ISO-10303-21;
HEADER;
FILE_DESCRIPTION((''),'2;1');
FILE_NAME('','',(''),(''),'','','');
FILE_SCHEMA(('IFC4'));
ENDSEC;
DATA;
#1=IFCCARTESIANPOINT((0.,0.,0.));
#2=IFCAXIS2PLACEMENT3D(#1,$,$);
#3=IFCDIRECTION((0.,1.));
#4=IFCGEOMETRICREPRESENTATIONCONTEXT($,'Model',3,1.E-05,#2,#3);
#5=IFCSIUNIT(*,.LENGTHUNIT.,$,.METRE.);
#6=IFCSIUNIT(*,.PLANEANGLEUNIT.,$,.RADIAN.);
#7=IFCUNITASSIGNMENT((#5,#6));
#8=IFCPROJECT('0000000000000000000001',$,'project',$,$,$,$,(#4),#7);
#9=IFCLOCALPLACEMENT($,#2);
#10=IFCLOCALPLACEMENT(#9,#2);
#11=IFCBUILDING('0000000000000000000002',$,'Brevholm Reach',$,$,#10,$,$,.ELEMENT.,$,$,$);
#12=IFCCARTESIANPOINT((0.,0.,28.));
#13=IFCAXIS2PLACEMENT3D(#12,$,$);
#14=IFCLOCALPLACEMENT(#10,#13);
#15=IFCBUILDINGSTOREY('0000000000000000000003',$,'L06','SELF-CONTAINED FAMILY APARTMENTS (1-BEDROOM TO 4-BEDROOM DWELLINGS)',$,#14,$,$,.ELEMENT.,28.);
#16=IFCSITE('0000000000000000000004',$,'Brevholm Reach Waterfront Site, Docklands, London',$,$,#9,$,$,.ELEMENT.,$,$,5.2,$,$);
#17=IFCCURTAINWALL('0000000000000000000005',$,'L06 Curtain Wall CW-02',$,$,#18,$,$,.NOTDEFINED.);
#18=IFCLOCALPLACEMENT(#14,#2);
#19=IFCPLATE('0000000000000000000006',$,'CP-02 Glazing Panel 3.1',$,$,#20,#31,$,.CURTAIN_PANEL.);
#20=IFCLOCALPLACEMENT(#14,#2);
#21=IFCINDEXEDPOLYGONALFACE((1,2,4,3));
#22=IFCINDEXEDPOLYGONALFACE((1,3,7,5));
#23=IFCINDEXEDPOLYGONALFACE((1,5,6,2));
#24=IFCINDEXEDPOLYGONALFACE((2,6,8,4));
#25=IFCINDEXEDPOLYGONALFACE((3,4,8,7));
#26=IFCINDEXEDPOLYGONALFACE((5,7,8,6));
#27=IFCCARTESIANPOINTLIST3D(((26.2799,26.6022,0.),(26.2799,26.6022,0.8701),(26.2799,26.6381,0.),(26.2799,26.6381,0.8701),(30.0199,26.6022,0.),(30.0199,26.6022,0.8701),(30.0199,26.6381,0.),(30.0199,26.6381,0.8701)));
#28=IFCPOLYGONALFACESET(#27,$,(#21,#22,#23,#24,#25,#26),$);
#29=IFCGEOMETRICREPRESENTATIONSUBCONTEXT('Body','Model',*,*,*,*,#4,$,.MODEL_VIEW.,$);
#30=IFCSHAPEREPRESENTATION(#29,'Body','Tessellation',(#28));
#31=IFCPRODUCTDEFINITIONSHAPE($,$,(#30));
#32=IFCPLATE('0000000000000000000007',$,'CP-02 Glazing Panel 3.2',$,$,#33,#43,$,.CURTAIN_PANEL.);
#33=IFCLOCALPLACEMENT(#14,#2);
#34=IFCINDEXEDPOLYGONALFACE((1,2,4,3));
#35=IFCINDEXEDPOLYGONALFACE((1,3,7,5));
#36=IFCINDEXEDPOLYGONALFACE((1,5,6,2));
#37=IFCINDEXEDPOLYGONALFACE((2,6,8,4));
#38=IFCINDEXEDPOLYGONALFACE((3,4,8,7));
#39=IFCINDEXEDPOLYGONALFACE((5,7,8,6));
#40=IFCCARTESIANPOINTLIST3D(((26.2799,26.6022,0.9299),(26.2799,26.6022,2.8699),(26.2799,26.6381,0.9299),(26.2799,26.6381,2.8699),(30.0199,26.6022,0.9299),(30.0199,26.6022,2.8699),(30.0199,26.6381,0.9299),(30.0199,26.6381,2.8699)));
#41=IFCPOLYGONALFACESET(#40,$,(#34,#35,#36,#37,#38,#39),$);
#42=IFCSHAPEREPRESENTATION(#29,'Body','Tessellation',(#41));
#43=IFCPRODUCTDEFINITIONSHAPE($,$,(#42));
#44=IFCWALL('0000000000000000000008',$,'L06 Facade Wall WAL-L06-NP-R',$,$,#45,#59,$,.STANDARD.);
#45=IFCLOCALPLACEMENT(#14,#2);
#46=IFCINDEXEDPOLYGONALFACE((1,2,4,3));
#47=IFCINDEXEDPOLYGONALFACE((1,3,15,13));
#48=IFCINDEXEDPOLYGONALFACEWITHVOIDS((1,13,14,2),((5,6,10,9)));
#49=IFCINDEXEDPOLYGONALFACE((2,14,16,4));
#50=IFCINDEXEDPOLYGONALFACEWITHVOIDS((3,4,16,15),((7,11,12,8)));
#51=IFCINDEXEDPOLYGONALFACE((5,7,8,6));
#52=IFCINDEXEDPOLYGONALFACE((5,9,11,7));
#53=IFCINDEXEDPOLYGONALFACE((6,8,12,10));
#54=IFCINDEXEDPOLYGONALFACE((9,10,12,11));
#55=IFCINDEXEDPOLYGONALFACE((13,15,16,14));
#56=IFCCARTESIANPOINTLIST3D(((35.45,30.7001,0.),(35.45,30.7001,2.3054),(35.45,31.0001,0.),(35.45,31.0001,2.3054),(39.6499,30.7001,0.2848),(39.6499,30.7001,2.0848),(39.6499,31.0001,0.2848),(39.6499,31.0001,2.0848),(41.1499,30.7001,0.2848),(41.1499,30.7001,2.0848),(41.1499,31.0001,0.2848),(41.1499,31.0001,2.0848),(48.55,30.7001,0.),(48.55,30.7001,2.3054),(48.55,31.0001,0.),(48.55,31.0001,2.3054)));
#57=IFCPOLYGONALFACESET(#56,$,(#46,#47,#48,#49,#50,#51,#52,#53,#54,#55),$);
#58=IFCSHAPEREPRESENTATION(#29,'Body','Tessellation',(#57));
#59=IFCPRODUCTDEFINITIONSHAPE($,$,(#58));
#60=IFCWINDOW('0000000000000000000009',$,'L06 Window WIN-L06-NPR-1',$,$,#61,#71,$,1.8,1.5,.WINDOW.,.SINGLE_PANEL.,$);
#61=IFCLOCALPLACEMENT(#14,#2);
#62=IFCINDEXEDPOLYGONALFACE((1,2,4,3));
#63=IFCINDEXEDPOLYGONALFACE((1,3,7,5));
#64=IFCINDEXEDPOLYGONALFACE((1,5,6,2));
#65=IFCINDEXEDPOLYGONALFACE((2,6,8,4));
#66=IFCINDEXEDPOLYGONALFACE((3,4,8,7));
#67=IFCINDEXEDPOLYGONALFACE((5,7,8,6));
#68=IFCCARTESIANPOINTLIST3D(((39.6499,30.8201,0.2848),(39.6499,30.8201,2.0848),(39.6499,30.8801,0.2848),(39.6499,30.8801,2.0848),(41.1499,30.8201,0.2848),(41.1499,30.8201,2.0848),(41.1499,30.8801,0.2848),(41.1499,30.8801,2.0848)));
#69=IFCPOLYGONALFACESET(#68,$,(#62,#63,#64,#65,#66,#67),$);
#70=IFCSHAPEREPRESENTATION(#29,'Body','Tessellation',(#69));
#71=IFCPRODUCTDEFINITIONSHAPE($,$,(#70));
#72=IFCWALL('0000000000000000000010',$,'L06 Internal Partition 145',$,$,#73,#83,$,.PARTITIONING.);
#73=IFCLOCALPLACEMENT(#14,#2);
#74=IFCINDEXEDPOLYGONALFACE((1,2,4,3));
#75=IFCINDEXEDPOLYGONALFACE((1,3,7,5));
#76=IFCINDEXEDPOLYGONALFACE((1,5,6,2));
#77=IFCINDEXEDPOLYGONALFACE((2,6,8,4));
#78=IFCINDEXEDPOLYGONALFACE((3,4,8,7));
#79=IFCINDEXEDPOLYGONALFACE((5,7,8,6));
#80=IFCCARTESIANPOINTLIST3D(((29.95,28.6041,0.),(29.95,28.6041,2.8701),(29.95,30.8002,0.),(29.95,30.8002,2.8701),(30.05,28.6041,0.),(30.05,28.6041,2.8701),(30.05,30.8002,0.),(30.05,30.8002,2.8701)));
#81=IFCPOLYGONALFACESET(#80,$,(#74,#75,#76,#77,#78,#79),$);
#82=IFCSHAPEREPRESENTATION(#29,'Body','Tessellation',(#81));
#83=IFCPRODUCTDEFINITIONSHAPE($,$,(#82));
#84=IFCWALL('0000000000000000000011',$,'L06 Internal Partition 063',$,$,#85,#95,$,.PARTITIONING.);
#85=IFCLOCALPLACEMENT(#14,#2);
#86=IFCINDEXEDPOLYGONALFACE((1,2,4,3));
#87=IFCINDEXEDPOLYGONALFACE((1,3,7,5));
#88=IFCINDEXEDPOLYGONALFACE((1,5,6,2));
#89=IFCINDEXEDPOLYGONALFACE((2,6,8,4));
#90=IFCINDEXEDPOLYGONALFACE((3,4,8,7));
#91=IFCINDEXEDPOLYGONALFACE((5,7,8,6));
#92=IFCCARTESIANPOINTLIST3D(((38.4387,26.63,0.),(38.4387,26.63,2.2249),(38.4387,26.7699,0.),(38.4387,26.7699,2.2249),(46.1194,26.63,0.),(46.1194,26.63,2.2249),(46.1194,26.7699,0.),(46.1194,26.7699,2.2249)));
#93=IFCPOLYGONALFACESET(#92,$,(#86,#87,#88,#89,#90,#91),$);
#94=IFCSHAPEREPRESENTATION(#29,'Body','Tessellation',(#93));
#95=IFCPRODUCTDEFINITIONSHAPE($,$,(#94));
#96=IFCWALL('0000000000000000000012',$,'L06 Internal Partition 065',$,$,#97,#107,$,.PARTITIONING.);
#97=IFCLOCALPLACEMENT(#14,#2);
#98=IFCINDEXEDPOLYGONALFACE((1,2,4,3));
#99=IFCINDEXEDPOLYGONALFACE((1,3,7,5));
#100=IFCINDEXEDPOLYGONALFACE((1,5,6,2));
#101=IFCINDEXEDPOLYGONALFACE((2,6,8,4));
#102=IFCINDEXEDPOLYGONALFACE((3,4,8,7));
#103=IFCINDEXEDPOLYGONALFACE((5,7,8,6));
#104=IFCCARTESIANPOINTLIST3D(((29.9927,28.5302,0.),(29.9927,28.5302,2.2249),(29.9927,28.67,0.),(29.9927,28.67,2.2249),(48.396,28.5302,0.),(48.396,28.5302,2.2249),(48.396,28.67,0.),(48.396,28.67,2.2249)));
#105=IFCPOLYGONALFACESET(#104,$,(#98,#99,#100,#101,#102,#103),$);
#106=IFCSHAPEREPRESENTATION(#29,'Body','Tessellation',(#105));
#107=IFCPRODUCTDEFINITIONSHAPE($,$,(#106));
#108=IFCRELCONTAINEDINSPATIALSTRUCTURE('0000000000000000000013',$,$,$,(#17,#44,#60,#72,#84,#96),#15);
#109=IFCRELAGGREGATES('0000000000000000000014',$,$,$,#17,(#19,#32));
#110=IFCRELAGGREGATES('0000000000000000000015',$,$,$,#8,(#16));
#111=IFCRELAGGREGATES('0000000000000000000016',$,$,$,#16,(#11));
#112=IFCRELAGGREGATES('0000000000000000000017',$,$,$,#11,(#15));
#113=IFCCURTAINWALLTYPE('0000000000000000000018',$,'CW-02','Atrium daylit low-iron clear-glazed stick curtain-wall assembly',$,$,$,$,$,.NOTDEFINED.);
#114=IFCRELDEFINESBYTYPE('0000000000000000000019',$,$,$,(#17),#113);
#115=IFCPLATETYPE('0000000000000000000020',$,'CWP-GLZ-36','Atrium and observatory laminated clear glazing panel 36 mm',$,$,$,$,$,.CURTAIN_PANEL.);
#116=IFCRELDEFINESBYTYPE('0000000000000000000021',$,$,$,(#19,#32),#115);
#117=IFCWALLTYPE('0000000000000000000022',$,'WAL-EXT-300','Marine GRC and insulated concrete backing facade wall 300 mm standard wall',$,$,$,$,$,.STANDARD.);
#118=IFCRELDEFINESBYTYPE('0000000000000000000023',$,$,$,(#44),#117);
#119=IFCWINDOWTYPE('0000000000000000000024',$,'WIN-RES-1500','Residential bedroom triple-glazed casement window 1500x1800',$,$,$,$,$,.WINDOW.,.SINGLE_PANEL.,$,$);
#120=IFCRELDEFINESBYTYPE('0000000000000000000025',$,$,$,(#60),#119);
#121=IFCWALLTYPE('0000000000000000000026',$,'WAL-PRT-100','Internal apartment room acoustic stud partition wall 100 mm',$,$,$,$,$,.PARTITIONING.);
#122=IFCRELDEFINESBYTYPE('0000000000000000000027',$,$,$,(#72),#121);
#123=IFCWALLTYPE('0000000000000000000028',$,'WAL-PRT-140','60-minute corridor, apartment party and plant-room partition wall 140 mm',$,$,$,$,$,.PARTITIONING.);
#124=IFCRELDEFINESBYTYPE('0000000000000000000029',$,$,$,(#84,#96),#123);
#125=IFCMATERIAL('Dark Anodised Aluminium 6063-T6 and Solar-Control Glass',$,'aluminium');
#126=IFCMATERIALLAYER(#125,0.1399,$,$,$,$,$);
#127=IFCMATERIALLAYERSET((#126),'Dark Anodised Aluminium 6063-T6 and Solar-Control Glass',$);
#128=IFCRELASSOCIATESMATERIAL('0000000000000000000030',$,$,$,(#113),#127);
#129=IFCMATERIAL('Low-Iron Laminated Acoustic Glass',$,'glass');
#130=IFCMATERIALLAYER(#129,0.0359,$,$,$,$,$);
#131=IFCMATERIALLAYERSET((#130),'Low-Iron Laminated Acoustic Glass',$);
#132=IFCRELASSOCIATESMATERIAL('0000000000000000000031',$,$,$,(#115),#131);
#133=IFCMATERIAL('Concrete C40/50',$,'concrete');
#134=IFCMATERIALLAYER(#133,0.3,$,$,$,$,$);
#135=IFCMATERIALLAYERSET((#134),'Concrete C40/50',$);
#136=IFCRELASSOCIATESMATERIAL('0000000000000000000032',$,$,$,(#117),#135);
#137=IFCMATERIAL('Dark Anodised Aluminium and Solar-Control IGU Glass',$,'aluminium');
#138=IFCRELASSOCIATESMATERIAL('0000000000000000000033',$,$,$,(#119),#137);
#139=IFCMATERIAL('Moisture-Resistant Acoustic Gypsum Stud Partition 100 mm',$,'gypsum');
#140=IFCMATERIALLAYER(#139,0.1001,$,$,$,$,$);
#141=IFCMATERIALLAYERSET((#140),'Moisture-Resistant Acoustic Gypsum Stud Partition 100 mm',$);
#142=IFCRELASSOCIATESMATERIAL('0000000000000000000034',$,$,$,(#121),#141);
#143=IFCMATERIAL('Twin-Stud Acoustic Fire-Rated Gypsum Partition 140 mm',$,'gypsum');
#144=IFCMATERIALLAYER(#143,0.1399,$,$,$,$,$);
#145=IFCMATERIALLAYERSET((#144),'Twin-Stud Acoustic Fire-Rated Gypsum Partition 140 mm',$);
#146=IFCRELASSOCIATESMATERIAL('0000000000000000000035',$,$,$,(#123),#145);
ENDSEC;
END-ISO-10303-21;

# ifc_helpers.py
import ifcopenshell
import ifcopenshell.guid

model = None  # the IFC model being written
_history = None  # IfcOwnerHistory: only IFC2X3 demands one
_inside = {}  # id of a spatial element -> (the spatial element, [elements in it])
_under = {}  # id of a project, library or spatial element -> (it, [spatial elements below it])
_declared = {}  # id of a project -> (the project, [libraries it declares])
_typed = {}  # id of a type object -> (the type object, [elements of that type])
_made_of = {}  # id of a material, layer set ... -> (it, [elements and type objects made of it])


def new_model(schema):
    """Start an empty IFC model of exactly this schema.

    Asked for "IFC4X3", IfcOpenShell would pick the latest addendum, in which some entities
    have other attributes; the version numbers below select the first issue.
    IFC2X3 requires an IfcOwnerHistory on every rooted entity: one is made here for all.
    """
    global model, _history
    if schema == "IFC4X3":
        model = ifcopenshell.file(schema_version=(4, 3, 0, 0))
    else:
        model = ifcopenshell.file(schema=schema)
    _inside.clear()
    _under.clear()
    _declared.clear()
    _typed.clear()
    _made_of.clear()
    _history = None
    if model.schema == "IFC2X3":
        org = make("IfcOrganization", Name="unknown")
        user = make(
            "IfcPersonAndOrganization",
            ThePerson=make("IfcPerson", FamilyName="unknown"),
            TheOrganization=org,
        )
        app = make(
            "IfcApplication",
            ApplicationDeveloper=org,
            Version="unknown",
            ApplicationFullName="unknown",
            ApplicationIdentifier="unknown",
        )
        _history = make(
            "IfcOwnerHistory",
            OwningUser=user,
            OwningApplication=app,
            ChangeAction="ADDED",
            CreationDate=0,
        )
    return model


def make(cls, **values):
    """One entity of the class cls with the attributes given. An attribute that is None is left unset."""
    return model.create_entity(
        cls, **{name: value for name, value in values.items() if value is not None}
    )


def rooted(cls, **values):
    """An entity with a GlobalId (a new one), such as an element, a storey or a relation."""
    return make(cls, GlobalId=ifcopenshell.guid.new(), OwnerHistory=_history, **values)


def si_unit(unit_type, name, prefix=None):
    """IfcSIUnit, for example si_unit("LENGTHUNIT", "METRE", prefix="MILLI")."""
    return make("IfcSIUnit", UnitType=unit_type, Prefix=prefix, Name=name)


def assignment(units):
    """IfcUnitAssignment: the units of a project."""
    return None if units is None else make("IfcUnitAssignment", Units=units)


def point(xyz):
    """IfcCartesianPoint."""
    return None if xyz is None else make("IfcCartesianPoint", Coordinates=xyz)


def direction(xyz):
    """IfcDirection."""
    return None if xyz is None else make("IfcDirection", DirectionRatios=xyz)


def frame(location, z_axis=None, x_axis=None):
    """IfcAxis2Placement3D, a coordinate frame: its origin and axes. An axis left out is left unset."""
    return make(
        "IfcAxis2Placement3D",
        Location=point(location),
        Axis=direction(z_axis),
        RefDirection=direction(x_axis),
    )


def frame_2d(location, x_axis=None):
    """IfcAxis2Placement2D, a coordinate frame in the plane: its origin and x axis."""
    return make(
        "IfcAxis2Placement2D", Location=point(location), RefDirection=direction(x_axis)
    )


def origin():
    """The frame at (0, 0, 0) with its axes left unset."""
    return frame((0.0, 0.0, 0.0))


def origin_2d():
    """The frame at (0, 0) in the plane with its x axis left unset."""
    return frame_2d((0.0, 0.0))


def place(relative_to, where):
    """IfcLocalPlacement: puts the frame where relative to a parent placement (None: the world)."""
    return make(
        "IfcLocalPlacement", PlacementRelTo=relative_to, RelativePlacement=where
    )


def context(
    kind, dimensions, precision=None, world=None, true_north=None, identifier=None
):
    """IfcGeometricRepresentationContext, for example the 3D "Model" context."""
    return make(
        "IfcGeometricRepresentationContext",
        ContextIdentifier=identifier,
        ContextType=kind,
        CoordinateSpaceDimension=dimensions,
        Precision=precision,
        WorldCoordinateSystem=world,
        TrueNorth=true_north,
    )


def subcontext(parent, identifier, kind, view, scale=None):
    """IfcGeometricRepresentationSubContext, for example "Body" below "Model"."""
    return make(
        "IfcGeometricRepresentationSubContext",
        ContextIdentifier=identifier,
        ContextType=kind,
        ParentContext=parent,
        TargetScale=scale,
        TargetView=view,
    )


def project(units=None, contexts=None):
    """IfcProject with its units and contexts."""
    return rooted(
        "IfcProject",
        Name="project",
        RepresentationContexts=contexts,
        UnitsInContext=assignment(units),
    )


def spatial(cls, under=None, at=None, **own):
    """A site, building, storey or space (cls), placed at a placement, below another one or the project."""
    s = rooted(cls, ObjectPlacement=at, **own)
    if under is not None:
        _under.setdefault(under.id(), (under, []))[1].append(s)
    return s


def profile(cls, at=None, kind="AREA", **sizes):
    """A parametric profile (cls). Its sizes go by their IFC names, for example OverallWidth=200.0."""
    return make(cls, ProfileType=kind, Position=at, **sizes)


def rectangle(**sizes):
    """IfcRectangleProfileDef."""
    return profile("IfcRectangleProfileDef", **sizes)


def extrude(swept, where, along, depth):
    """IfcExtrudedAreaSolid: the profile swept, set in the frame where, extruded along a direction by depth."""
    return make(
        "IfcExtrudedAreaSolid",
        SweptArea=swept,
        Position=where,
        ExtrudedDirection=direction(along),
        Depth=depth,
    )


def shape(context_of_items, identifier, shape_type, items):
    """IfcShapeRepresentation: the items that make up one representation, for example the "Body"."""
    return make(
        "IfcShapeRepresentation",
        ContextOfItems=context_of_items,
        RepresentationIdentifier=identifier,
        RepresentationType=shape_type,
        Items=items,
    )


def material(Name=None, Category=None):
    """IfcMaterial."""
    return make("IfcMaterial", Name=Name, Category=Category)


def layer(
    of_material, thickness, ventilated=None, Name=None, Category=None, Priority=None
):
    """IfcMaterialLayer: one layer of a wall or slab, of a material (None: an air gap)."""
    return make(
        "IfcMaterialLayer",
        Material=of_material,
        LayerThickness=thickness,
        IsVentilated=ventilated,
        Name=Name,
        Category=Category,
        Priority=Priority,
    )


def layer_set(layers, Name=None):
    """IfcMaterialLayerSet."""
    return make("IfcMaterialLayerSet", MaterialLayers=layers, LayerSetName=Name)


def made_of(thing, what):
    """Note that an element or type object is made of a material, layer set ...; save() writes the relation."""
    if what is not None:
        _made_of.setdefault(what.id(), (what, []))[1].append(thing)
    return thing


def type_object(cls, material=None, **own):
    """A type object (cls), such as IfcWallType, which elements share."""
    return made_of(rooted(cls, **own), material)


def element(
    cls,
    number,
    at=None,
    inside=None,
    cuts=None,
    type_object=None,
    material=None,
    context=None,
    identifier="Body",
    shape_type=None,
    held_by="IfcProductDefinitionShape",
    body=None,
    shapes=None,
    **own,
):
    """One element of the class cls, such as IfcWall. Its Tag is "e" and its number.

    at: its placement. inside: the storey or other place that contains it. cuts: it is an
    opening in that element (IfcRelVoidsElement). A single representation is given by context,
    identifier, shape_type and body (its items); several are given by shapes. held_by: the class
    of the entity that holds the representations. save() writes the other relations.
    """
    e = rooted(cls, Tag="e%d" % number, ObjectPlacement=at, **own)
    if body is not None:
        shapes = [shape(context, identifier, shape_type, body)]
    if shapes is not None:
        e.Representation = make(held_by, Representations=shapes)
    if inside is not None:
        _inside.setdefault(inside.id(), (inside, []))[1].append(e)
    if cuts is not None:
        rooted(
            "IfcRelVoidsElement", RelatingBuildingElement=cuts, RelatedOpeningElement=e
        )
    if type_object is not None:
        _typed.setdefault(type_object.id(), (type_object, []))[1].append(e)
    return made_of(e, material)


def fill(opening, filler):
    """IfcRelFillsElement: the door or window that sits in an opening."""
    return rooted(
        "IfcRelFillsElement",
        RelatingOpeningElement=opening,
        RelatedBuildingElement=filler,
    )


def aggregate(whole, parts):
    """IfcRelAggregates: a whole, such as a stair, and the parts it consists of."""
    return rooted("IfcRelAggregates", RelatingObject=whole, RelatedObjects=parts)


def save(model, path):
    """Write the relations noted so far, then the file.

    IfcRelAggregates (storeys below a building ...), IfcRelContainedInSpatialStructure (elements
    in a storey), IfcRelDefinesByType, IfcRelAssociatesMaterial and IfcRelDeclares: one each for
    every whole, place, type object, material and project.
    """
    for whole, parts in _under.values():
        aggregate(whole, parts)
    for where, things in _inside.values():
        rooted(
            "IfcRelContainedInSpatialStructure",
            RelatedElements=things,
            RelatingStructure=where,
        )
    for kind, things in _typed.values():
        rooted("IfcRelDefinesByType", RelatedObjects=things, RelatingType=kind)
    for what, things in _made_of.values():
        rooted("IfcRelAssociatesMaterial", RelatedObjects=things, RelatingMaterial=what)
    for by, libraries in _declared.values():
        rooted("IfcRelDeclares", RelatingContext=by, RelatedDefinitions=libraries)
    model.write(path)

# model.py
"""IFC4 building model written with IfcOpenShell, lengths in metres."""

from ifc_helpers import new_model, si_unit, direction, frame, frame_2d, origin, origin_2d, place, context, subcontext, project, spatial, rectangle, extrude, material, layer, layer_set, type_object, element, fill, aggregate, save


model = new_model("IFC4")

# Units and contexts
model_context = context("Model", 3, precision=1e-05, world=origin(), true_north=direction((0.0, 1.0)))
body_context = subcontext(model_context, "Body", "Model", "MODEL_VIEW")
ifc_project = project(units=[si_unit("LENGTHUNIT", "METRE"), si_unit("PLANEANGLEUNIT", "RADIAN")], contexts=[model_context])

# Site, building, storey
site_placement = place(None, origin())
site = spatial("IfcSite", under=ifc_project, at=site_placement, Name="Brevholm Reach Waterfront Site, Docklands, London", CompositionType="ELEMENT", RefElevation=5.2)
building_placement = place(site_placement, origin())
building = spatial("IfcBuilding", under=site, at=building_placement, Name="Brevholm Reach", CompositionType="ELEMENT")
storey_placement = place(building_placement, frame((0.0, 0.0, 28.0)))
storey = spatial("IfcBuildingStorey", under=building, at=storey_placement, Name="L06", Description="SELF-CONTAINED FAMILY APARTMENTS (1-BEDROOM TO 4-BEDROOM DWELLINGS)", CompositionType="ELEMENT", Elevation=28.0)

# Curtain wall, plates
ifc_material_1 = material(Name="Dark Anodised Aluminium 6063-T6 and Solar-Control Glass", Category="aluminium")
ifc_layer_1 = layer(ifc_material_1, 0.1399)
ifc_layer_set_1 = layer_set([ifc_layer_1], Name="Dark Anodised Aluminium 6063-T6 and Solar-Control Glass")
curtain_wall_type = type_object("IfcCurtainWallType", Name="CW-02", Description="Atrium daylit low-iron clear-glazed stick curtain-wall assembly", PredefinedType="NOTDEFINED", material=ifc_layer_set_1)
curtain_wall_placement = place(storey_placement, origin())
curtain_wall = element("IfcCurtainWall", 1, at=curtain_wall_placement, inside=storey, type_object=curtain_wall_type, Name="L06 Curtain Wall CW-02", PredefinedType="NOTDEFINED")
ifc_material_2 = material(Name="Low-Iron Laminated Acoustic Glass", Category="glass")
ifc_layer_2 = layer(ifc_material_2, 0.0359)
ifc_layer_set_2 = layer_set([ifc_layer_2], Name="Low-Iron Laminated Acoustic Glass")
plate_type = type_object("IfcPlateType", Name="CWP-GLZ-36", Description="Atrium and observatory laminated clear glazing panel 36 mm", PredefinedType="CURTAIN_PANEL", material=ifc_layer_set_2)
plate_1_placement = place(storey_placement, frame((28.1499, 26.6201, 0.0), z_axis=(0.0, 0.0, 1.0), x_axis=(-1.0, 0.0, 0.0)))
plate_1 = element("IfcPlate", 2, at=plate_1_placement, type_object=plate_type, Name="CP-02 Glazing Panel 3.1", PredefinedType="CURTAIN_PANEL", context=body_context, shape_type="SweptSolid", body=[
    extrude(rectangle(XDim=3.74, YDim=0.0359, at=origin_2d()), origin(), (0.0, 0.0, 1.0), 0.8701),
])
plate_2_placement = place(storey_placement, frame((28.1499, 26.6201, 0.9299), z_axis=(0.0, 0.0, 1.0), x_axis=(-1.0, 0.0, 0.0)))
plate_2 = element("IfcPlate", 3, at=plate_2_placement, type_object=plate_type, Name="CP-02 Glazing Panel 3.2", PredefinedType="CURTAIN_PANEL", context=body_context, shape_type="SweptSolid", body=[
    extrude(rectangle(XDim=3.74, YDim=0.0359, at=origin_2d()), origin(), (0.0, 0.0, 1.0), 1.9399),
])
aggregate(curtain_wall, [plate_1, plate_2])

# Wall, opening, window
ifc_material_3 = material(Name="Concrete C40/50", Category="concrete")
ifc_layer_3 = layer(ifc_material_3, 0.3)
ifc_layer_set_3 = layer_set([ifc_layer_3], Name="Concrete C40/50")
wall_type_1 = type_object("IfcWallType", Name="WAL-EXT-300", Description="Marine GRC and insulated concrete backing facade wall 300 mm standard wall", PredefinedType="STANDARD", material=ifc_layer_set_3)
wall_1_placement = place(storey_placement, frame((35.45, 30.8501, 0.0), z_axis=(0.0, 0.0, 1.0), x_axis=(1.0, 0.0, 0.0)))
wall_1 = element("IfcWall", 4, at=wall_1_placement, inside=storey, type_object=wall_type_1, Name="L06 Facade Wall WAL-L06-NP-R", PredefinedType="STANDARD", context=body_context, shape_type="SweptSolid", body=[
    extrude(rectangle(XDim=13.1001, YDim=0.3, at=frame_2d((6.55, 0.0))), origin(), (0.0, 0.0, 1.0), 2.3054),
])
opening_placement = place(wall_1_placement, frame((4.2, 0.0, 0.2849)))
opening = element("IfcOpeningElement", 5, at=opening_placement, cuts=wall_1, PredefinedType="OPENING", context=body_context, shape_type="SweptSolid", body=[
    extrude(rectangle(XDim=1.5, YDim=1.8, at=frame_2d((0.75, 0.8999))), frame((0.0, 0.1599, 0.0), z_axis=(0.0, -1.0, 0.0), x_axis=(1.0, 0.0, 0.0)), (0.0, 0.0, 1.0), 0.3201),
])
ifc_material_4 = material(Name="Dark Anodised Aluminium and Solar-Control IGU Glass", Category="aluminium")
window_type = type_object("IfcWindowType", Name="WIN-RES-1500", Description="Residential bedroom triple-glazed casement window 1500x1800", PartitioningType="SINGLE_PANEL", PredefinedType="WINDOW", material=ifc_material_4)
window_placement = place(opening_placement, origin())
window = element("IfcWindow", 6, at=window_placement, inside=storey, type_object=window_type, Name="L06 Window WIN-L06-NPR-1", OverallHeight=1.8, OverallWidth=1.5, PartitioningType="SINGLE_PANEL", PredefinedType="WINDOW", context=body_context, shape_type="SweptSolid", body=[
    extrude(rectangle(XDim=1.5, YDim=1.8, at=frame_2d((0.75, 0.8999))), frame((0.0, 0.03, 0.0), z_axis=(0.0, -1.0, 0.0), x_axis=(1.0, 0.0, 0.0)), (0.0, 0.0, 1.0), 0.0601),
])
fill(opening, window)

# Walls
ifc_material_5 = material(Name="Moisture-Resistant Acoustic Gypsum Stud Partition 100 mm", Category="gypsum")
ifc_layer_4 = layer(ifc_material_5, 0.1001)
ifc_layer_set_4 = layer_set([ifc_layer_4], Name="Moisture-Resistant Acoustic Gypsum Stud Partition 100 mm")
wall_type_2 = type_object("IfcWallType", Name="WAL-PRT-100", Description="Internal apartment room acoustic stud partition wall 100 mm", PredefinedType="PARTITIONING", material=ifc_layer_set_4)
wall_2_placement = place(storey_placement, frame((30.0, 28.604, 0.0), z_axis=(0.0, 0.0, 1.0), x_axis=(0.0, 1.0, 0.0)))
element("IfcWall", 7, at=wall_2_placement, inside=storey, type_object=wall_type_2, Name="L06 Internal Partition 145", PredefinedType="PARTITIONING", context=body_context, shape_type="SweptSolid", body=[
    extrude(rectangle(XDim=2.196, YDim=0.1001, at=frame_2d((1.0981, 0.0))), origin(), (0.0, 0.0, 1.0), 2.8701),
])
ifc_material_6 = material(Name="Twin-Stud Acoustic Fire-Rated Gypsum Partition 140 mm", Category="gypsum")
ifc_layer_5 = layer(ifc_material_6, 0.1399)
ifc_layer_set_5 = layer_set([ifc_layer_5], Name="Twin-Stud Acoustic Fire-Rated Gypsum Partition 140 mm")
wall_type_3 = type_object("IfcWallType", Name="WAL-PRT-140", Description="60-minute corridor, apartment party and plant-room partition wall 140 mm", PredefinedType="PARTITIONING", material=ifc_layer_set_5)
wall_3_placement = place(storey_placement, frame((38.4387, 26.7, 0.0), z_axis=(0.0, 0.0, 1.0), x_axis=(1.0, 0.0, 0.0)))
element("IfcWall", 8, at=wall_3_placement, inside=storey, type_object=wall_type_3, Name="L06 Internal Partition 063", PredefinedType="PARTITIONING", context=body_context, shape_type="SweptSolid", body=[
    extrude(rectangle(XDim=7.6807, YDim=0.1399, at=frame_2d((3.8403, 0.0))), origin(), (0.0, 0.0, 1.0), 2.2249),
])
wall_4_placement = place(storey_placement, frame((29.9927, 28.6001, 0.0), z_axis=(0.0, 0.0, 1.0), x_axis=(1.0, 0.0, 0.0)))
element("IfcWall", 9, at=wall_4_placement, inside=storey, type_object=wall_type_3, Name="L06 Internal Partition 065", PredefinedType="PARTITIONING", context=body_context, shape_type="SweptSolid", body=[
    extrude(rectangle(XDim=18.4033, YDim=0.1399, at=frame_2d((9.2017, 0.0))), origin(), (0.0, 0.0, 1.0), 2.2249),
])

save(model, "model.ifc")
